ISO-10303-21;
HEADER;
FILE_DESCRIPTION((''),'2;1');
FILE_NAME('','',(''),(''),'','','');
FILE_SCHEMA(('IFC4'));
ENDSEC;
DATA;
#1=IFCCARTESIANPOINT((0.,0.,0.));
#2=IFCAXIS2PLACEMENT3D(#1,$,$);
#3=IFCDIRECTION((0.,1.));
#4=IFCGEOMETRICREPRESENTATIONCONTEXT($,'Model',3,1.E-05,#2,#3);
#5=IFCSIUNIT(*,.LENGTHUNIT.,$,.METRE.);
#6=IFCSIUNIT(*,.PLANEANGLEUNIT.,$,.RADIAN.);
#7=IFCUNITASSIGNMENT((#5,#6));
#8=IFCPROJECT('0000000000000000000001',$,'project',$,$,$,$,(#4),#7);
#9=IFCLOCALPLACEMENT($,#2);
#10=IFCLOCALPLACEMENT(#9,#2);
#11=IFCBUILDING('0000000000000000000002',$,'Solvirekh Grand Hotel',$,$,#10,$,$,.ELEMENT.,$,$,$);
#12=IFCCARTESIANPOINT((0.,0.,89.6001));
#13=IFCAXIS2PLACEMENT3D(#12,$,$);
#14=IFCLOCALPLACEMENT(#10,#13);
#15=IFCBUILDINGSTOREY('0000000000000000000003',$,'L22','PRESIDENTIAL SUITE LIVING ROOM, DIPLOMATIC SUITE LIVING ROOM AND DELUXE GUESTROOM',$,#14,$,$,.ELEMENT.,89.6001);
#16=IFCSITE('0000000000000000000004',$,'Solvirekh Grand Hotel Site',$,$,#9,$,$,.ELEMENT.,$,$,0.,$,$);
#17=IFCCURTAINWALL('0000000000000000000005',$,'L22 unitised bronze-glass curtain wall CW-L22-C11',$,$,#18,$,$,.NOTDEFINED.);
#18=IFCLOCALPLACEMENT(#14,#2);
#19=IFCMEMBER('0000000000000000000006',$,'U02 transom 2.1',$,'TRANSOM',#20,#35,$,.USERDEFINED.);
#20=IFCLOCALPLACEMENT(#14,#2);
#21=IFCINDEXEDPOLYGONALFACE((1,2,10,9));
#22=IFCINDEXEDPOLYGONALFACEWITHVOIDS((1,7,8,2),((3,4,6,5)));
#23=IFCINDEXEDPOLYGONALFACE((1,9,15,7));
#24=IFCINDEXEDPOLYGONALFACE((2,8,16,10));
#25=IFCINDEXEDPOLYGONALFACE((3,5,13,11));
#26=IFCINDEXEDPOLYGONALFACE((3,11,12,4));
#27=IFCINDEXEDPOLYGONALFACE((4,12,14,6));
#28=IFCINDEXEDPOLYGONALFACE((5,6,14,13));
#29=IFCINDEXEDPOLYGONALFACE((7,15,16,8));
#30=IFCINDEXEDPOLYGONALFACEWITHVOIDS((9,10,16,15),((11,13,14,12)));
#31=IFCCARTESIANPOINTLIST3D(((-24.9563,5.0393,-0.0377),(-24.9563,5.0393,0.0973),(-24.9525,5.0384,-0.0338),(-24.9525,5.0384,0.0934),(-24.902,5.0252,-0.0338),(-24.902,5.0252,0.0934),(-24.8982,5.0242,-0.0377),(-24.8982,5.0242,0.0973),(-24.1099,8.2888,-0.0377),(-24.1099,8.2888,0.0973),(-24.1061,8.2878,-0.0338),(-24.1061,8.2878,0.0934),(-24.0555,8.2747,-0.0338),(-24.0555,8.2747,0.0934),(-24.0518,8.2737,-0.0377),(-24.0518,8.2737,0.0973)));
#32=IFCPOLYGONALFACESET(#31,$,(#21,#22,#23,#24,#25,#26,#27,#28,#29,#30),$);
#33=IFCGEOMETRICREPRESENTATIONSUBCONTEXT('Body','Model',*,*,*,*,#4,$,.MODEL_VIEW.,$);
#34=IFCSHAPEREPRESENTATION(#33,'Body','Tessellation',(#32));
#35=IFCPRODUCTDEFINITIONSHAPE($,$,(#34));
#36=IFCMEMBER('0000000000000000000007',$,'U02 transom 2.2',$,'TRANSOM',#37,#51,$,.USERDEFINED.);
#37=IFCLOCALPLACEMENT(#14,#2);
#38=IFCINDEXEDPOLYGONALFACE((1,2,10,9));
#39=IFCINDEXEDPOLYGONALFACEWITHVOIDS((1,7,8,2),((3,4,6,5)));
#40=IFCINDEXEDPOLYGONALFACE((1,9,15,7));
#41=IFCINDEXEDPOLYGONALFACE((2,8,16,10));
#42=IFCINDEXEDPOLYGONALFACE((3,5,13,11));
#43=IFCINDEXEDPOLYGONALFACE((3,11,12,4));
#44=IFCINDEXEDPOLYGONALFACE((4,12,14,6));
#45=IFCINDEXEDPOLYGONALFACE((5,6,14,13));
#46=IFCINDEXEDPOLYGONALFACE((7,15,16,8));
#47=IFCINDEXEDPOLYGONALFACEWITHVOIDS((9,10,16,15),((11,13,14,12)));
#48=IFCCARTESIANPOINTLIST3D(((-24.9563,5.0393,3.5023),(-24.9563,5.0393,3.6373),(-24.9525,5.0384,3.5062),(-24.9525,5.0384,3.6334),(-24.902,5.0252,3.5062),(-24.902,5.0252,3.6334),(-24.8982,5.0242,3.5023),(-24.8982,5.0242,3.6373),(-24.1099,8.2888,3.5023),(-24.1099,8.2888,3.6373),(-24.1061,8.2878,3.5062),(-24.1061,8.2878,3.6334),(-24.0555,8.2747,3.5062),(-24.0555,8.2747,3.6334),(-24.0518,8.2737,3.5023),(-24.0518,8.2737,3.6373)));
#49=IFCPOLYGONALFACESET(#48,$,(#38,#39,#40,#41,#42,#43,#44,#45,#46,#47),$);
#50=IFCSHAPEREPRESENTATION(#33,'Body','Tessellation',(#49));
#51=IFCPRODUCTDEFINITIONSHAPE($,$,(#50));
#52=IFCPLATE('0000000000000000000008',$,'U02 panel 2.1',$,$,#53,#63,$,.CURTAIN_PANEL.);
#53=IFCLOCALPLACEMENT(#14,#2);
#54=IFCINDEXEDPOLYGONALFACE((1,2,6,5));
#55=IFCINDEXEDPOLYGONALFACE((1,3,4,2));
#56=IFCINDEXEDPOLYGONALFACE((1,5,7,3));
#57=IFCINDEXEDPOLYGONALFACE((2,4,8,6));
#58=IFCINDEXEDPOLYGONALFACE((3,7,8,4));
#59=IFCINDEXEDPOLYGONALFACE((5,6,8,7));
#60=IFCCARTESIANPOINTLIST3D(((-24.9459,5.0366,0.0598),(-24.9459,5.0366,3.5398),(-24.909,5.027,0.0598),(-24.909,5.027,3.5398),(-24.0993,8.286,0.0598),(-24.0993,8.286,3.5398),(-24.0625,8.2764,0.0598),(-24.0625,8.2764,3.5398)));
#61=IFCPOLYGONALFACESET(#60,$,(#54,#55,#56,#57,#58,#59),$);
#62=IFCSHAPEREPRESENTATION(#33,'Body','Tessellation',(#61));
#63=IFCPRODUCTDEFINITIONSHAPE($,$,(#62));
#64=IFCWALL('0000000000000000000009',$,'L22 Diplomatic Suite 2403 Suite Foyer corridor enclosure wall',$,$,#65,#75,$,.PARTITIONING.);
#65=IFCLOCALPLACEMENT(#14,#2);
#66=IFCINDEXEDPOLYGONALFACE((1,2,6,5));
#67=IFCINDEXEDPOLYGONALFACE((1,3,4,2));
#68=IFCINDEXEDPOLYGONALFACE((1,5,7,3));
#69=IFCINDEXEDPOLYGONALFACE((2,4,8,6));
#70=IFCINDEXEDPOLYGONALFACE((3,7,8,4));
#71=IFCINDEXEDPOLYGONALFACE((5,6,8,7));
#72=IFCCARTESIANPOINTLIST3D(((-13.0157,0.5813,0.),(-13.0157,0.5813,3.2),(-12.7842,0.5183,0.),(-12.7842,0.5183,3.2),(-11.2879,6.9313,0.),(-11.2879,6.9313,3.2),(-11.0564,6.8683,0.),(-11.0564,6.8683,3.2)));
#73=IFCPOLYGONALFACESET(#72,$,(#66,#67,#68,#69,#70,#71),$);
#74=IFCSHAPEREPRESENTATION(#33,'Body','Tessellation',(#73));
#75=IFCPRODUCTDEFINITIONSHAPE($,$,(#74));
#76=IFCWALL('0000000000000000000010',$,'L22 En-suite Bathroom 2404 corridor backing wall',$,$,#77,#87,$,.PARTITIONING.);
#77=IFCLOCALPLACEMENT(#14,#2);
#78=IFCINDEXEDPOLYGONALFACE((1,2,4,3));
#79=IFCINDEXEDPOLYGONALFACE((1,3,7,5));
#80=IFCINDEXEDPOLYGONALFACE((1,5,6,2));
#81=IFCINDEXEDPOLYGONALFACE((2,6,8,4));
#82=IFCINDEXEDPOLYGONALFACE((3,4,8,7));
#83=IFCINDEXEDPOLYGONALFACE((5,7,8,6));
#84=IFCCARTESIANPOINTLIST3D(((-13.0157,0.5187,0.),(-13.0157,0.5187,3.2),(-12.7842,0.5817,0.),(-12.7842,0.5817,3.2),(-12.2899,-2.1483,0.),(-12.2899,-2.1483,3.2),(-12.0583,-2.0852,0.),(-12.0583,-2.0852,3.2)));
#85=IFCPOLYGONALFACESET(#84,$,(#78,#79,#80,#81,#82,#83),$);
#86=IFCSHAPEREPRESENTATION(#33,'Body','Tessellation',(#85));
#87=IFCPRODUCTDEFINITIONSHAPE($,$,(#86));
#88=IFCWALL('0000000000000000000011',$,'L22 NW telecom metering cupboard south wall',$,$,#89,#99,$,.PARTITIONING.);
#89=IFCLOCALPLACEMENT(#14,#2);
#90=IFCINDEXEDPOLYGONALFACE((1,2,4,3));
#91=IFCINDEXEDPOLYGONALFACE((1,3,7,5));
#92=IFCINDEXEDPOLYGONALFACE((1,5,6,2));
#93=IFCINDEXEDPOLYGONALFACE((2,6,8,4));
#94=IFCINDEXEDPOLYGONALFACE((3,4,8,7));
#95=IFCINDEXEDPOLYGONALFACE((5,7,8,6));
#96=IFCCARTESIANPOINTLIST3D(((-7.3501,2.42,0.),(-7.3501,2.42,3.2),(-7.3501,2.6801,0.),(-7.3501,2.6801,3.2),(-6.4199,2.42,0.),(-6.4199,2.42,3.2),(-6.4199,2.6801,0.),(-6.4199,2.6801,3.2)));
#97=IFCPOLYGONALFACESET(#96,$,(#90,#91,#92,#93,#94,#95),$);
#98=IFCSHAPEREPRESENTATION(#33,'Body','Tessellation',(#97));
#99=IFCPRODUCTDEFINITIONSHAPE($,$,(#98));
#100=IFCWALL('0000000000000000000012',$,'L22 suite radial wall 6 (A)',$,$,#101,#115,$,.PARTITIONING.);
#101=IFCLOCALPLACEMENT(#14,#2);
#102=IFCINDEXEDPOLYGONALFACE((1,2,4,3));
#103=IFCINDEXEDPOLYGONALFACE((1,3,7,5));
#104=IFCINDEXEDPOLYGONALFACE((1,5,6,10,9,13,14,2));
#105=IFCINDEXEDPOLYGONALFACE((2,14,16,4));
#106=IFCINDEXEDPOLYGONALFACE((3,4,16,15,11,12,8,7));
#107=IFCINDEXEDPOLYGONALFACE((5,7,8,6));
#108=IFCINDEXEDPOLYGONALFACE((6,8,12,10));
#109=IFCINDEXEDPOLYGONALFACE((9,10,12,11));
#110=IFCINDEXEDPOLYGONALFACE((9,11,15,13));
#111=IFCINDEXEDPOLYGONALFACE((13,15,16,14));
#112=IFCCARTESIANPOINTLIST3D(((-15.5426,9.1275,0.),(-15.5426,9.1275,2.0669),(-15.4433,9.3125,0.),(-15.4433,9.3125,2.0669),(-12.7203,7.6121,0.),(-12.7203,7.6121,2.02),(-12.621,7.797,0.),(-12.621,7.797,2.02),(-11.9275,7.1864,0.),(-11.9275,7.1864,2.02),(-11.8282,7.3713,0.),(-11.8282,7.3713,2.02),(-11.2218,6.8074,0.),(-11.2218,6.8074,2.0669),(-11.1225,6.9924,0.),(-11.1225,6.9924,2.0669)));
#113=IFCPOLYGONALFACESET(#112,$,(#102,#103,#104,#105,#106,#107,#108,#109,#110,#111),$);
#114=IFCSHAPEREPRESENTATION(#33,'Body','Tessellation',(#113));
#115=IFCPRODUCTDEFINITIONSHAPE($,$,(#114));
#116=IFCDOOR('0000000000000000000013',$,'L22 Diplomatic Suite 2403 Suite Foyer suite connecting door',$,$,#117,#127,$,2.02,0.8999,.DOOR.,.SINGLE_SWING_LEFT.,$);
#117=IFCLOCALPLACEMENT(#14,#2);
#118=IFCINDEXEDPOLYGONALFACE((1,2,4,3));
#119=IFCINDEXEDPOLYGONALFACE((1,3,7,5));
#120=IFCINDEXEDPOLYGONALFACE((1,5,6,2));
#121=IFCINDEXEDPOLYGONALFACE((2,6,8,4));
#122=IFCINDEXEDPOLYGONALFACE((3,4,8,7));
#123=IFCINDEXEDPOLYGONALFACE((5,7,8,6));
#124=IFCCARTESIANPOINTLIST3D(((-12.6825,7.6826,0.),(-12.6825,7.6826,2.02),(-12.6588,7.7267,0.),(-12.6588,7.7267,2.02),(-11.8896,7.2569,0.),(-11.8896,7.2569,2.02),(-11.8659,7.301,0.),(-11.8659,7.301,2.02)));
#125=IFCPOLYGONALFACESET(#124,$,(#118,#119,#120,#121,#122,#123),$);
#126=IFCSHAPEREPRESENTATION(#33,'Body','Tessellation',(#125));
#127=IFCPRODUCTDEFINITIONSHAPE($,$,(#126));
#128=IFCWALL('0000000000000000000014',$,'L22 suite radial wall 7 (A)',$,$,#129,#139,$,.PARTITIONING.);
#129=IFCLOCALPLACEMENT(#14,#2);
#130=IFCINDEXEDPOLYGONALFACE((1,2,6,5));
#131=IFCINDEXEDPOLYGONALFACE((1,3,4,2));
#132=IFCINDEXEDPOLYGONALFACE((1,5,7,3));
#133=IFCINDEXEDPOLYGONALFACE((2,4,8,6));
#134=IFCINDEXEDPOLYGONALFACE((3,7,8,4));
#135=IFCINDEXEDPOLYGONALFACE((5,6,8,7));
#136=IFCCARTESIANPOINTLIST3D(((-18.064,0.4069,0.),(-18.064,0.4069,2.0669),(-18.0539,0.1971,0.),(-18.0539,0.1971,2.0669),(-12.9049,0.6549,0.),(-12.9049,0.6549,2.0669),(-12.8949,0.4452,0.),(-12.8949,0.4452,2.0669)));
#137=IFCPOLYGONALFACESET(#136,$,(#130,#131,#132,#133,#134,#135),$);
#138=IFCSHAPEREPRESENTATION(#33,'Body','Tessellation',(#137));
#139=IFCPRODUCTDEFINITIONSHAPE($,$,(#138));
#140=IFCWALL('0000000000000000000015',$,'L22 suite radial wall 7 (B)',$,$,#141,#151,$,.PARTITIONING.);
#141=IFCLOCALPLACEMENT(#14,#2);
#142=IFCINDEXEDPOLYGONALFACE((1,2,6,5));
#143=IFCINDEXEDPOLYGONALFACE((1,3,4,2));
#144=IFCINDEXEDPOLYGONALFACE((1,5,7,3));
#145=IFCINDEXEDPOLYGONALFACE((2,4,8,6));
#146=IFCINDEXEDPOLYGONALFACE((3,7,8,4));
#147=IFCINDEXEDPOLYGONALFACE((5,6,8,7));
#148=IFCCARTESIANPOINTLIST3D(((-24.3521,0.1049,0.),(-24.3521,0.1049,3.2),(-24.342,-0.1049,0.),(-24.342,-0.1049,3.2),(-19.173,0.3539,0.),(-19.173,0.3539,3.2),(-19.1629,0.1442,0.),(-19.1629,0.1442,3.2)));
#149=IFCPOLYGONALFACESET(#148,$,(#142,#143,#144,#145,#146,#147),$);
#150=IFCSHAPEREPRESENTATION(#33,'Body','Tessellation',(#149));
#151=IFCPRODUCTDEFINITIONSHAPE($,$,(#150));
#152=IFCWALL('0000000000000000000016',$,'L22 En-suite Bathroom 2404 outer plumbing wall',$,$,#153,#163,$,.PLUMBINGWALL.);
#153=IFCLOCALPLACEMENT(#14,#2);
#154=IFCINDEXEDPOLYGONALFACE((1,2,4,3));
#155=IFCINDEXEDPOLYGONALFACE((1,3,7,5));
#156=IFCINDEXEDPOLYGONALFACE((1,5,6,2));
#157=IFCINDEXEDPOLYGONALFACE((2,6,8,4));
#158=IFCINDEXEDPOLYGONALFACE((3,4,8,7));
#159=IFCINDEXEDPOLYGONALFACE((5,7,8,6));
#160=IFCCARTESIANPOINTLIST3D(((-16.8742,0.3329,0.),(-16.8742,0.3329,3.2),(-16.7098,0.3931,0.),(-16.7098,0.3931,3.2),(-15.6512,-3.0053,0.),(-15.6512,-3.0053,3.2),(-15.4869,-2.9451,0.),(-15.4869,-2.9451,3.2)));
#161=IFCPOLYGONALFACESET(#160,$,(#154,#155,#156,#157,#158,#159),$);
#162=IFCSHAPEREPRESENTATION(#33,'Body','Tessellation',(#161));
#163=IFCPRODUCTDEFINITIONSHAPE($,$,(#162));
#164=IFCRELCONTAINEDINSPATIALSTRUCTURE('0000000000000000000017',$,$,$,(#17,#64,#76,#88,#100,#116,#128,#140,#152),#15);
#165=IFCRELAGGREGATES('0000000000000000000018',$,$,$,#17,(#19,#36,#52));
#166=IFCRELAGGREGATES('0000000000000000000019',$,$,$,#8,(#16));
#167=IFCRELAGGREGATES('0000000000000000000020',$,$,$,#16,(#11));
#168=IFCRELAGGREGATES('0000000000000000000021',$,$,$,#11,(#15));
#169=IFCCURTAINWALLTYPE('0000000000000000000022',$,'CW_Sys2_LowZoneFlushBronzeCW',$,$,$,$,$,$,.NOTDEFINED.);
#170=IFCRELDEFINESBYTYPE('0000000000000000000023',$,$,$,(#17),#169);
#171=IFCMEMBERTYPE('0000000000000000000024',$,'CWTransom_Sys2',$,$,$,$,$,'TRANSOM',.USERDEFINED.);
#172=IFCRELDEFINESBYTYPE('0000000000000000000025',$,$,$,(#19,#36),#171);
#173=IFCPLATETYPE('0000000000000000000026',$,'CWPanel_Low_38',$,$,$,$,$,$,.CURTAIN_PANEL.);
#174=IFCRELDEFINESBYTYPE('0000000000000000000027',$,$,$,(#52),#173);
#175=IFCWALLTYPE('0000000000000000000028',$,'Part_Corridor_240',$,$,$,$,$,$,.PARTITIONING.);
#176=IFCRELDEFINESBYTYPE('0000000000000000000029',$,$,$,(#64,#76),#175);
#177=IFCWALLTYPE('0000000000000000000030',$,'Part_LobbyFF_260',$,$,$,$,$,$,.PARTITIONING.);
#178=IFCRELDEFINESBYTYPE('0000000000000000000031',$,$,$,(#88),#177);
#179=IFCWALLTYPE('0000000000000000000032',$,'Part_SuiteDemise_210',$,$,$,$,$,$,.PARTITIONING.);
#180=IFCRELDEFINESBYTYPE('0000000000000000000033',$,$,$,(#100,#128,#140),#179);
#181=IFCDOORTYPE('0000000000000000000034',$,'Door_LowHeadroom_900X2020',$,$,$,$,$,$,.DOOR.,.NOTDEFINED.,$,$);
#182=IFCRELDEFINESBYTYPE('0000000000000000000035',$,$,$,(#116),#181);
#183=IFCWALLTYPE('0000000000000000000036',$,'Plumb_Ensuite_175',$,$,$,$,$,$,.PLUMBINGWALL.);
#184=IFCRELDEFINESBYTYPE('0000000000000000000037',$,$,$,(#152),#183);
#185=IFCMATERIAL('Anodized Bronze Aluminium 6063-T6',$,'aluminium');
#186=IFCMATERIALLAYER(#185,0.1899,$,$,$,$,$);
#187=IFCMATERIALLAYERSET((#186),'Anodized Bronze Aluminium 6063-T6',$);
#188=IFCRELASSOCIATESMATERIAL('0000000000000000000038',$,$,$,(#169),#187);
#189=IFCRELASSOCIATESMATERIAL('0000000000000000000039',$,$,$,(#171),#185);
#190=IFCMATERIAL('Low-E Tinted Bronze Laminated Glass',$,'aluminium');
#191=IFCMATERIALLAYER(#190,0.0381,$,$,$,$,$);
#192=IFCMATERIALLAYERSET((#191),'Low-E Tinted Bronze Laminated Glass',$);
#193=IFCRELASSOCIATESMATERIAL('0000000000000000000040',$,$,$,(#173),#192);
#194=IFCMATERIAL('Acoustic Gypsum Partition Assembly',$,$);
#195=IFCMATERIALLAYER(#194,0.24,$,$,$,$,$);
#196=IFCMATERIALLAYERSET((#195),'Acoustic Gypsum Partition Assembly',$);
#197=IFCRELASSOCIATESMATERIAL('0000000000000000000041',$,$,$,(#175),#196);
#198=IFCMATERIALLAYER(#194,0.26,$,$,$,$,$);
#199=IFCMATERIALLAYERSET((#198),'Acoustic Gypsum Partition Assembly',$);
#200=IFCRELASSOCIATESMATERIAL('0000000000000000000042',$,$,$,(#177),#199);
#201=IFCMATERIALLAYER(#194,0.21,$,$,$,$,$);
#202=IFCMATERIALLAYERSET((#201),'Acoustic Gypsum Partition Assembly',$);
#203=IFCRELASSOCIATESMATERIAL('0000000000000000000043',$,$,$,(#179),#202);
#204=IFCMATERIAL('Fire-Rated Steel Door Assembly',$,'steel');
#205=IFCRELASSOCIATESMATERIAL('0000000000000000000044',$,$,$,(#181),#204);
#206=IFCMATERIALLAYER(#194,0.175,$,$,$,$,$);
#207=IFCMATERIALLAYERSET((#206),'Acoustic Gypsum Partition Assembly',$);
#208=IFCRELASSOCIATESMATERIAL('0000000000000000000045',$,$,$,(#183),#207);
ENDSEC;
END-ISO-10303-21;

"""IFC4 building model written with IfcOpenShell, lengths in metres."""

from ifc_helpers import new_model, si_unit, direction, frame, frame_2d, origin, origin_2d, place, context, subcontext, project, spatial, rectangle, hollow_rectangle, extrude, source, transform, mapped, material, layer, layer_set, material_profile, profile_set, type_object, element, fill, aggregate, save


model = new_model("IFC4")

# Units and contexts
model_context = context("Model", 3, precision=1e-05, world=origin(), true_north=direction((0.0, 1.0)))
body_context = subcontext(model_context, "Body", "Model", "MODEL_VIEW")
ifc_project = project(units=[si_unit("LENGTHUNIT", "METRE"), si_unit("PLANEANGLEUNIT", "RADIAN")], contexts=[model_context])

# Site, building, storey
site_placement = place(None, origin())
site = spatial("IfcSite", under=ifc_project, at=site_placement, Name="Solvirekh Grand Hotel Site", CompositionType="ELEMENT", RefElevation=0.0)
building_placement = place(site_placement, origin())
building = spatial("IfcBuilding", under=site, at=building_placement, Name="Solvirekh Grand Hotel", CompositionType="ELEMENT")
storey_placement = place(building_placement, frame((0.0, 0.0, 89.6001)))
storey = spatial("IfcBuildingStorey", under=building, at=storey_placement, Name="L22", Description="PRESIDENTIAL SUITE LIVING ROOM, DIPLOMATIC SUITE LIVING ROOM AND DELUXE GUESTROOM", CompositionType="ELEMENT", Elevation=89.6001)

# Curtain wall, members, plate
ifc_material_1 = material(Name="Anodized Bronze Aluminium 6063-T6", Category="aluminium")
ifc_layer_1 = layer(ifc_material_1, 0.1899)
ifc_layer_set_1 = layer_set([ifc_layer_1], Name="Anodized Bronze Aluminium 6063-T6")
curtain_wall_type = type_object("IfcCurtainWallType", Name="CW_Sys2_LowZoneFlushBronzeCW", PredefinedType="NOTDEFINED", material=ifc_layer_set_1)
curtain_wall_placement = place(storey_placement, origin())
curtain_wall = element("IfcCurtainWall", 1, at=curtain_wall_placement, inside=storey, type_object=curtain_wall_type, Name="L22 unitised bronze-glass curtain wall CW-L22-C11", PredefinedType="NOTDEFINED")
ifc_material_profile_1 = material_profile(ifc_material_1, hollow_rectangle(XDim=0.0601, YDim=0.135, WallThickness=0.0039, at=origin_2d()), Name="ALU RHS 135X60X4")
ifc_profile_set_1 = profile_set([ifc_material_profile_1], Name="Anodized Bronze Aluminium 6063-T6")
member_type_1 = type_object("IfcMemberType", Name="CWTransom_Sys2", ElementType="TRANSOM", PredefinedType="USERDEFINED", material=ifc_profile_set_1)
shared_shape_1 = source(origin(), body_context, "Body", "SweptSolid", [
    extrude(hollow_rectangle(XDim=0.0601, YDim=0.135, WallThickness=0.0039, at=origin_2d()), origin(), (0.0, 0.0, 1.0), 3.3579),
])
member_1_placement = place(storey_placement, frame((-24.0808, 8.2812, 0.0298), z_axis=(-0.25207, -0.967709, 0.0), x_axis=(0.967709, -0.25207, 0.0)))
member_1 = element("IfcMember", 2, at=member_1_placement, type_object=member_type_1, Name="U02 transom 2.1", ObjectType="TRANSOM", PredefinedType="USERDEFINED", context=body_context, shape_type="MappedRepresentation", body=[
    mapped(shared_shape_1, transform((0.0, 0.0, 0.0), x_axis=(1.0, 0.0, 0.0), y_axis=(0.0, 1.0, 0.0), z_axis=(0.0, 0.0, 1.0), scale=1.0)),
])
member_2_placement = place(storey_placement, frame((-24.0808, 8.2812, 3.5698), z_axis=(-0.25207, -0.967709, 0.0), x_axis=(0.967709, -0.25207, 0.0)))
member_2 = element("IfcMember", 3, at=member_2_placement, type_object=member_type_1, Name="U02 transom 2.2", ObjectType="TRANSOM", PredefinedType="USERDEFINED", context=body_context, shape_type="MappedRepresentation", body=[
    mapped(shared_shape_1, transform((0.0, 0.0, 0.0), x_axis=(1.0, 0.0, 0.0), y_axis=(0.0, 1.0, 0.0), z_axis=(0.0, 0.0, 1.0), scale=1.0)),
])
ifc_material_2 = material(Name="Low-E Tinted Bronze Laminated Glass", Category="aluminium")
ifc_layer_2 = layer(ifc_material_2, 0.0381)
ifc_layer_set_2 = layer_set([ifc_layer_2], Name="Low-E Tinted Bronze Laminated Glass")
plate_type = type_object("IfcPlateType", Name="CWPanel_Low_38", PredefinedType="CURTAIN_PANEL", material=ifc_layer_set_2)
shared_shape_2 = source(origin(), body_context, "Body", "SweptSolid", [
    extrude(rectangle(XDim=3.3579, YDim=0.0381, at=origin_2d()), origin(), (0.0, 0.0, 1.0), 3.48),
])
plate_placement = place(storey_placement, frame((-24.5042, 6.6565, 0.0598), z_axis=(0.0, 0.0, 1.0), x_axis=(-0.252104, -0.9677, 0.0)))
plate = element("IfcPlate", 4, at=plate_placement, type_object=plate_type, Name="U02 panel 2.1", PredefinedType="CURTAIN_PANEL", context=body_context, shape_type="MappedRepresentation", body=[
    mapped(shared_shape_2, transform((0.0, 0.0, 0.0), x_axis=(1.0, 0.0, 0.0), y_axis=(0.0, 1.0, 0.0), z_axis=(0.0, 0.0, 1.0), scale=1.0)),
])
aggregate(curtain_wall, [member_1, member_2, plate])

# Walls
ifc_material_3 = material(Name="Acoustic Gypsum Partition Assembly")
ifc_layer_3 = layer(ifc_material_3, 0.24)
ifc_layer_set_3 = layer_set([ifc_layer_3], Name="Acoustic Gypsum Partition Assembly")
wall_type_1 = type_object("IfcWallType", Name="Part_Corridor_240", PredefinedType="PARTITIONING", material=ifc_layer_set_3)
wall_1_placement = place(storey_placement, frame((-11.1721, 6.8999, 0.0), z_axis=(0.0, 0.0, 1.0), x_axis=(-0.262552, -0.964918, 0.0)))
element("IfcWall", 5, at=wall_1_placement, inside=storey, type_object=wall_type_1, Name="L22 Diplomatic Suite 2403 Suite Foyer corridor enclosure wall", PredefinedType="PARTITIONING", context=body_context, shape_type="SweptSolid", body=[
    extrude(rectangle(XDim=6.5808, YDim=0.24, at=frame_2d((3.2905, 0.0))), origin(), (0.0, 0.0, 1.0), 3.2),
])
wall_2_placement = place(storey_placement, frame((-12.8999, 0.55, 0.0), z_axis=(0.0, 0.0, 1.0), x_axis=(0.262602, -0.964904, 0.0)))
element("IfcWall", 6, at=wall_2_placement, inside=storey, type_object=wall_type_1, Name="L22 En-suite Bathroom 2404 corridor backing wall", PredefinedType="PARTITIONING", context=body_context, shape_type="SweptSolid", body=[
    extrude(rectangle(XDim=2.7639, YDim=0.24, at=frame_2d((1.3818, 0.0))), origin(), (0.0, 0.0, 1.0), 3.2),
])
ifc_layer_4 = layer(ifc_material_3, 0.26)
ifc_layer_set_4 = layer_set([ifc_layer_4], Name="Acoustic Gypsum Partition Assembly")
wall_type_2 = type_object("IfcWallType", Name="Part_LobbyFF_260", PredefinedType="PARTITIONING", material=ifc_layer_set_4)
wall_3_placement = place(storey_placement, frame((-7.3501, 2.55, 0.0), z_axis=(0.0, 0.0, 1.0), x_axis=(1.0, 0.0, 0.0)))
element("IfcWall", 7, at=wall_3_placement, inside=storey, type_object=wall_type_2, Name="L22 NW telecom metering cupboard south wall", PredefinedType="PARTITIONING", context=body_context, shape_type="SweptSolid", body=[
    extrude(rectangle(XDim=0.9302, YDim=0.26, at=frame_2d((0.4651, 0.0))), origin(), (0.0, 0.0, 1.0), 3.2),
])

# Wall, opening, door
ifc_layer_5 = layer(ifc_material_3, 0.21)
ifc_layer_set_5 = layer_set([ifc_layer_5], Name="Acoustic Gypsum Partition Assembly")
wall_type_3 = type_object("IfcWallType", Name="Part_SuiteDemise_210", PredefinedType="PARTITIONING", material=ifc_layer_set_5)
wall_4_placement = place(storey_placement, frame((-11.1721, 6.8999, 0.0), z_axis=(0.0, 0.0, 1.0), x_axis=(-0.881025, 0.473069, 0.0)))
wall_4 = element("IfcWall", 8, at=wall_4_placement, inside=storey, type_object=wall_type_3, Name="L22 suite radial wall 6 (A)", PredefinedType="PARTITIONING", context=body_context, shape_type="SweptSolid", body=[
    extrude(rectangle(XDim=4.9043, YDim=0.21, at=frame_2d((2.4521, 0.0))), origin(), (0.0, 0.0, 1.0), 2.0669),
])
opening_placement = place(wall_4_placement, frame((0.801, 0.0, 0.0)))
opening = element("IfcOpeningElement", 9, at=opening_placement, cuts=wall_4, PredefinedType="OPENING", context=body_context, shape_type="SweptSolid", body=[
    extrude(rectangle(XDim=0.8999, YDim=2.02, at=frame_2d((0.45, 1.01))), frame((0.0, 0.115, 0.0), z_axis=(0.0, -1.0, 0.0), x_axis=(1.0, 0.0, 0.0)), (0.0, 0.0, 1.0), 0.23),
])
ifc_material_4 = material(Name="Fire-Rated Steel Door Assembly", Category="steel")
door_type = type_object("IfcDoorType", Name="Door_LowHeadroom_900X2020", OperationType="NOTDEFINED", PredefinedType="DOOR", material=ifc_material_4)
door_placement = place(opening_placement, origin())
door = element("IfcDoor", 10, at=door_placement, inside=storey, type_object=door_type, Name="L22 Diplomatic Suite 2403 Suite Foyer suite connecting door", OperationType="SINGLE_SWING_LEFT", OverallHeight=2.02, OverallWidth=0.8999, PredefinedType="DOOR", context=body_context, shape_type="SweptSolid", body=[
    extrude(rectangle(XDim=0.8999, YDim=2.02, at=frame_2d((0.45, 1.01))), frame((0.0, 0.0249, 0.0), z_axis=(0.0, -1.0, 0.0), x_axis=(1.0, 0.0, 0.0)), (0.0, 0.0, 1.0), 0.05),
])
fill(opening, door)

# Walls
wall_5_placement = place(storey_placement, frame((-12.8999, 0.55, 0.0), z_axis=(0.0, 0.0, 1.0), x_axis=(-0.998846, -0.048023, 0.0)))
element("IfcWall", 11, at=wall_5_placement, inside=storey, type_object=wall_type_3, Name="L22 suite radial wall 7 (A)", PredefinedType="PARTITIONING", context=body_context, shape_type="SweptSolid", body=[
    extrude(rectangle(XDim=5.165, YDim=0.21, at=frame_2d((2.5825, 0.0))), origin(), (0.0, 0.0, 1.0), 2.0669),
])
wall_6_placement = place(storey_placement, frame((-19.168, 0.249, 0.0), z_axis=(0.0, 0.0, 1.0), x_axis=(-0.998846, -0.048028, 0.0)))
element("IfcWall", 12, at=wall_6_placement, inside=storey, type_object=wall_type_3, Name="L22 suite radial wall 7 (B)", PredefinedType="PARTITIONING", context=body_context, shape_type="SweptSolid", body=[
    extrude(rectangle(XDim=5.1851, YDim=0.21, at=frame_2d((2.5925, 0.0))), origin(), (0.0, 0.0, 1.0), 3.2),
])
ifc_layer_6 = layer(ifc_material_3, 0.175)
ifc_layer_set_6 = layer_set([ifc_layer_6], Name="Acoustic Gypsum Partition Assembly")
wall_type_4 = type_object("IfcWallType", Name="Plumb_Ensuite_175", PredefinedType="PLUMBINGWALL", material=ifc_layer_set_6)
wall_7_placement = place(storey_placement, frame((-16.792, 0.363, 0.0), z_axis=(0.0, 0.0, 1.0), x_axis=(0.343986, -0.938975, 0.0)))
element("IfcWall", 13, at=wall_7_placement, inside=storey, type_object=wall_type_4, Name="L22 En-suite Bathroom 2404 outer plumbing wall", PredefinedType="PLUMBINGWALL", context=body_context, shape_type="SweptSolid", body=[
    extrude(rectangle(XDim=3.5552, YDim=0.175, at=frame_2d((1.7776, 0.0))), origin(), (0.0, 0.0, 1.0), 3.2),
])

save(model, "model.ifc")
